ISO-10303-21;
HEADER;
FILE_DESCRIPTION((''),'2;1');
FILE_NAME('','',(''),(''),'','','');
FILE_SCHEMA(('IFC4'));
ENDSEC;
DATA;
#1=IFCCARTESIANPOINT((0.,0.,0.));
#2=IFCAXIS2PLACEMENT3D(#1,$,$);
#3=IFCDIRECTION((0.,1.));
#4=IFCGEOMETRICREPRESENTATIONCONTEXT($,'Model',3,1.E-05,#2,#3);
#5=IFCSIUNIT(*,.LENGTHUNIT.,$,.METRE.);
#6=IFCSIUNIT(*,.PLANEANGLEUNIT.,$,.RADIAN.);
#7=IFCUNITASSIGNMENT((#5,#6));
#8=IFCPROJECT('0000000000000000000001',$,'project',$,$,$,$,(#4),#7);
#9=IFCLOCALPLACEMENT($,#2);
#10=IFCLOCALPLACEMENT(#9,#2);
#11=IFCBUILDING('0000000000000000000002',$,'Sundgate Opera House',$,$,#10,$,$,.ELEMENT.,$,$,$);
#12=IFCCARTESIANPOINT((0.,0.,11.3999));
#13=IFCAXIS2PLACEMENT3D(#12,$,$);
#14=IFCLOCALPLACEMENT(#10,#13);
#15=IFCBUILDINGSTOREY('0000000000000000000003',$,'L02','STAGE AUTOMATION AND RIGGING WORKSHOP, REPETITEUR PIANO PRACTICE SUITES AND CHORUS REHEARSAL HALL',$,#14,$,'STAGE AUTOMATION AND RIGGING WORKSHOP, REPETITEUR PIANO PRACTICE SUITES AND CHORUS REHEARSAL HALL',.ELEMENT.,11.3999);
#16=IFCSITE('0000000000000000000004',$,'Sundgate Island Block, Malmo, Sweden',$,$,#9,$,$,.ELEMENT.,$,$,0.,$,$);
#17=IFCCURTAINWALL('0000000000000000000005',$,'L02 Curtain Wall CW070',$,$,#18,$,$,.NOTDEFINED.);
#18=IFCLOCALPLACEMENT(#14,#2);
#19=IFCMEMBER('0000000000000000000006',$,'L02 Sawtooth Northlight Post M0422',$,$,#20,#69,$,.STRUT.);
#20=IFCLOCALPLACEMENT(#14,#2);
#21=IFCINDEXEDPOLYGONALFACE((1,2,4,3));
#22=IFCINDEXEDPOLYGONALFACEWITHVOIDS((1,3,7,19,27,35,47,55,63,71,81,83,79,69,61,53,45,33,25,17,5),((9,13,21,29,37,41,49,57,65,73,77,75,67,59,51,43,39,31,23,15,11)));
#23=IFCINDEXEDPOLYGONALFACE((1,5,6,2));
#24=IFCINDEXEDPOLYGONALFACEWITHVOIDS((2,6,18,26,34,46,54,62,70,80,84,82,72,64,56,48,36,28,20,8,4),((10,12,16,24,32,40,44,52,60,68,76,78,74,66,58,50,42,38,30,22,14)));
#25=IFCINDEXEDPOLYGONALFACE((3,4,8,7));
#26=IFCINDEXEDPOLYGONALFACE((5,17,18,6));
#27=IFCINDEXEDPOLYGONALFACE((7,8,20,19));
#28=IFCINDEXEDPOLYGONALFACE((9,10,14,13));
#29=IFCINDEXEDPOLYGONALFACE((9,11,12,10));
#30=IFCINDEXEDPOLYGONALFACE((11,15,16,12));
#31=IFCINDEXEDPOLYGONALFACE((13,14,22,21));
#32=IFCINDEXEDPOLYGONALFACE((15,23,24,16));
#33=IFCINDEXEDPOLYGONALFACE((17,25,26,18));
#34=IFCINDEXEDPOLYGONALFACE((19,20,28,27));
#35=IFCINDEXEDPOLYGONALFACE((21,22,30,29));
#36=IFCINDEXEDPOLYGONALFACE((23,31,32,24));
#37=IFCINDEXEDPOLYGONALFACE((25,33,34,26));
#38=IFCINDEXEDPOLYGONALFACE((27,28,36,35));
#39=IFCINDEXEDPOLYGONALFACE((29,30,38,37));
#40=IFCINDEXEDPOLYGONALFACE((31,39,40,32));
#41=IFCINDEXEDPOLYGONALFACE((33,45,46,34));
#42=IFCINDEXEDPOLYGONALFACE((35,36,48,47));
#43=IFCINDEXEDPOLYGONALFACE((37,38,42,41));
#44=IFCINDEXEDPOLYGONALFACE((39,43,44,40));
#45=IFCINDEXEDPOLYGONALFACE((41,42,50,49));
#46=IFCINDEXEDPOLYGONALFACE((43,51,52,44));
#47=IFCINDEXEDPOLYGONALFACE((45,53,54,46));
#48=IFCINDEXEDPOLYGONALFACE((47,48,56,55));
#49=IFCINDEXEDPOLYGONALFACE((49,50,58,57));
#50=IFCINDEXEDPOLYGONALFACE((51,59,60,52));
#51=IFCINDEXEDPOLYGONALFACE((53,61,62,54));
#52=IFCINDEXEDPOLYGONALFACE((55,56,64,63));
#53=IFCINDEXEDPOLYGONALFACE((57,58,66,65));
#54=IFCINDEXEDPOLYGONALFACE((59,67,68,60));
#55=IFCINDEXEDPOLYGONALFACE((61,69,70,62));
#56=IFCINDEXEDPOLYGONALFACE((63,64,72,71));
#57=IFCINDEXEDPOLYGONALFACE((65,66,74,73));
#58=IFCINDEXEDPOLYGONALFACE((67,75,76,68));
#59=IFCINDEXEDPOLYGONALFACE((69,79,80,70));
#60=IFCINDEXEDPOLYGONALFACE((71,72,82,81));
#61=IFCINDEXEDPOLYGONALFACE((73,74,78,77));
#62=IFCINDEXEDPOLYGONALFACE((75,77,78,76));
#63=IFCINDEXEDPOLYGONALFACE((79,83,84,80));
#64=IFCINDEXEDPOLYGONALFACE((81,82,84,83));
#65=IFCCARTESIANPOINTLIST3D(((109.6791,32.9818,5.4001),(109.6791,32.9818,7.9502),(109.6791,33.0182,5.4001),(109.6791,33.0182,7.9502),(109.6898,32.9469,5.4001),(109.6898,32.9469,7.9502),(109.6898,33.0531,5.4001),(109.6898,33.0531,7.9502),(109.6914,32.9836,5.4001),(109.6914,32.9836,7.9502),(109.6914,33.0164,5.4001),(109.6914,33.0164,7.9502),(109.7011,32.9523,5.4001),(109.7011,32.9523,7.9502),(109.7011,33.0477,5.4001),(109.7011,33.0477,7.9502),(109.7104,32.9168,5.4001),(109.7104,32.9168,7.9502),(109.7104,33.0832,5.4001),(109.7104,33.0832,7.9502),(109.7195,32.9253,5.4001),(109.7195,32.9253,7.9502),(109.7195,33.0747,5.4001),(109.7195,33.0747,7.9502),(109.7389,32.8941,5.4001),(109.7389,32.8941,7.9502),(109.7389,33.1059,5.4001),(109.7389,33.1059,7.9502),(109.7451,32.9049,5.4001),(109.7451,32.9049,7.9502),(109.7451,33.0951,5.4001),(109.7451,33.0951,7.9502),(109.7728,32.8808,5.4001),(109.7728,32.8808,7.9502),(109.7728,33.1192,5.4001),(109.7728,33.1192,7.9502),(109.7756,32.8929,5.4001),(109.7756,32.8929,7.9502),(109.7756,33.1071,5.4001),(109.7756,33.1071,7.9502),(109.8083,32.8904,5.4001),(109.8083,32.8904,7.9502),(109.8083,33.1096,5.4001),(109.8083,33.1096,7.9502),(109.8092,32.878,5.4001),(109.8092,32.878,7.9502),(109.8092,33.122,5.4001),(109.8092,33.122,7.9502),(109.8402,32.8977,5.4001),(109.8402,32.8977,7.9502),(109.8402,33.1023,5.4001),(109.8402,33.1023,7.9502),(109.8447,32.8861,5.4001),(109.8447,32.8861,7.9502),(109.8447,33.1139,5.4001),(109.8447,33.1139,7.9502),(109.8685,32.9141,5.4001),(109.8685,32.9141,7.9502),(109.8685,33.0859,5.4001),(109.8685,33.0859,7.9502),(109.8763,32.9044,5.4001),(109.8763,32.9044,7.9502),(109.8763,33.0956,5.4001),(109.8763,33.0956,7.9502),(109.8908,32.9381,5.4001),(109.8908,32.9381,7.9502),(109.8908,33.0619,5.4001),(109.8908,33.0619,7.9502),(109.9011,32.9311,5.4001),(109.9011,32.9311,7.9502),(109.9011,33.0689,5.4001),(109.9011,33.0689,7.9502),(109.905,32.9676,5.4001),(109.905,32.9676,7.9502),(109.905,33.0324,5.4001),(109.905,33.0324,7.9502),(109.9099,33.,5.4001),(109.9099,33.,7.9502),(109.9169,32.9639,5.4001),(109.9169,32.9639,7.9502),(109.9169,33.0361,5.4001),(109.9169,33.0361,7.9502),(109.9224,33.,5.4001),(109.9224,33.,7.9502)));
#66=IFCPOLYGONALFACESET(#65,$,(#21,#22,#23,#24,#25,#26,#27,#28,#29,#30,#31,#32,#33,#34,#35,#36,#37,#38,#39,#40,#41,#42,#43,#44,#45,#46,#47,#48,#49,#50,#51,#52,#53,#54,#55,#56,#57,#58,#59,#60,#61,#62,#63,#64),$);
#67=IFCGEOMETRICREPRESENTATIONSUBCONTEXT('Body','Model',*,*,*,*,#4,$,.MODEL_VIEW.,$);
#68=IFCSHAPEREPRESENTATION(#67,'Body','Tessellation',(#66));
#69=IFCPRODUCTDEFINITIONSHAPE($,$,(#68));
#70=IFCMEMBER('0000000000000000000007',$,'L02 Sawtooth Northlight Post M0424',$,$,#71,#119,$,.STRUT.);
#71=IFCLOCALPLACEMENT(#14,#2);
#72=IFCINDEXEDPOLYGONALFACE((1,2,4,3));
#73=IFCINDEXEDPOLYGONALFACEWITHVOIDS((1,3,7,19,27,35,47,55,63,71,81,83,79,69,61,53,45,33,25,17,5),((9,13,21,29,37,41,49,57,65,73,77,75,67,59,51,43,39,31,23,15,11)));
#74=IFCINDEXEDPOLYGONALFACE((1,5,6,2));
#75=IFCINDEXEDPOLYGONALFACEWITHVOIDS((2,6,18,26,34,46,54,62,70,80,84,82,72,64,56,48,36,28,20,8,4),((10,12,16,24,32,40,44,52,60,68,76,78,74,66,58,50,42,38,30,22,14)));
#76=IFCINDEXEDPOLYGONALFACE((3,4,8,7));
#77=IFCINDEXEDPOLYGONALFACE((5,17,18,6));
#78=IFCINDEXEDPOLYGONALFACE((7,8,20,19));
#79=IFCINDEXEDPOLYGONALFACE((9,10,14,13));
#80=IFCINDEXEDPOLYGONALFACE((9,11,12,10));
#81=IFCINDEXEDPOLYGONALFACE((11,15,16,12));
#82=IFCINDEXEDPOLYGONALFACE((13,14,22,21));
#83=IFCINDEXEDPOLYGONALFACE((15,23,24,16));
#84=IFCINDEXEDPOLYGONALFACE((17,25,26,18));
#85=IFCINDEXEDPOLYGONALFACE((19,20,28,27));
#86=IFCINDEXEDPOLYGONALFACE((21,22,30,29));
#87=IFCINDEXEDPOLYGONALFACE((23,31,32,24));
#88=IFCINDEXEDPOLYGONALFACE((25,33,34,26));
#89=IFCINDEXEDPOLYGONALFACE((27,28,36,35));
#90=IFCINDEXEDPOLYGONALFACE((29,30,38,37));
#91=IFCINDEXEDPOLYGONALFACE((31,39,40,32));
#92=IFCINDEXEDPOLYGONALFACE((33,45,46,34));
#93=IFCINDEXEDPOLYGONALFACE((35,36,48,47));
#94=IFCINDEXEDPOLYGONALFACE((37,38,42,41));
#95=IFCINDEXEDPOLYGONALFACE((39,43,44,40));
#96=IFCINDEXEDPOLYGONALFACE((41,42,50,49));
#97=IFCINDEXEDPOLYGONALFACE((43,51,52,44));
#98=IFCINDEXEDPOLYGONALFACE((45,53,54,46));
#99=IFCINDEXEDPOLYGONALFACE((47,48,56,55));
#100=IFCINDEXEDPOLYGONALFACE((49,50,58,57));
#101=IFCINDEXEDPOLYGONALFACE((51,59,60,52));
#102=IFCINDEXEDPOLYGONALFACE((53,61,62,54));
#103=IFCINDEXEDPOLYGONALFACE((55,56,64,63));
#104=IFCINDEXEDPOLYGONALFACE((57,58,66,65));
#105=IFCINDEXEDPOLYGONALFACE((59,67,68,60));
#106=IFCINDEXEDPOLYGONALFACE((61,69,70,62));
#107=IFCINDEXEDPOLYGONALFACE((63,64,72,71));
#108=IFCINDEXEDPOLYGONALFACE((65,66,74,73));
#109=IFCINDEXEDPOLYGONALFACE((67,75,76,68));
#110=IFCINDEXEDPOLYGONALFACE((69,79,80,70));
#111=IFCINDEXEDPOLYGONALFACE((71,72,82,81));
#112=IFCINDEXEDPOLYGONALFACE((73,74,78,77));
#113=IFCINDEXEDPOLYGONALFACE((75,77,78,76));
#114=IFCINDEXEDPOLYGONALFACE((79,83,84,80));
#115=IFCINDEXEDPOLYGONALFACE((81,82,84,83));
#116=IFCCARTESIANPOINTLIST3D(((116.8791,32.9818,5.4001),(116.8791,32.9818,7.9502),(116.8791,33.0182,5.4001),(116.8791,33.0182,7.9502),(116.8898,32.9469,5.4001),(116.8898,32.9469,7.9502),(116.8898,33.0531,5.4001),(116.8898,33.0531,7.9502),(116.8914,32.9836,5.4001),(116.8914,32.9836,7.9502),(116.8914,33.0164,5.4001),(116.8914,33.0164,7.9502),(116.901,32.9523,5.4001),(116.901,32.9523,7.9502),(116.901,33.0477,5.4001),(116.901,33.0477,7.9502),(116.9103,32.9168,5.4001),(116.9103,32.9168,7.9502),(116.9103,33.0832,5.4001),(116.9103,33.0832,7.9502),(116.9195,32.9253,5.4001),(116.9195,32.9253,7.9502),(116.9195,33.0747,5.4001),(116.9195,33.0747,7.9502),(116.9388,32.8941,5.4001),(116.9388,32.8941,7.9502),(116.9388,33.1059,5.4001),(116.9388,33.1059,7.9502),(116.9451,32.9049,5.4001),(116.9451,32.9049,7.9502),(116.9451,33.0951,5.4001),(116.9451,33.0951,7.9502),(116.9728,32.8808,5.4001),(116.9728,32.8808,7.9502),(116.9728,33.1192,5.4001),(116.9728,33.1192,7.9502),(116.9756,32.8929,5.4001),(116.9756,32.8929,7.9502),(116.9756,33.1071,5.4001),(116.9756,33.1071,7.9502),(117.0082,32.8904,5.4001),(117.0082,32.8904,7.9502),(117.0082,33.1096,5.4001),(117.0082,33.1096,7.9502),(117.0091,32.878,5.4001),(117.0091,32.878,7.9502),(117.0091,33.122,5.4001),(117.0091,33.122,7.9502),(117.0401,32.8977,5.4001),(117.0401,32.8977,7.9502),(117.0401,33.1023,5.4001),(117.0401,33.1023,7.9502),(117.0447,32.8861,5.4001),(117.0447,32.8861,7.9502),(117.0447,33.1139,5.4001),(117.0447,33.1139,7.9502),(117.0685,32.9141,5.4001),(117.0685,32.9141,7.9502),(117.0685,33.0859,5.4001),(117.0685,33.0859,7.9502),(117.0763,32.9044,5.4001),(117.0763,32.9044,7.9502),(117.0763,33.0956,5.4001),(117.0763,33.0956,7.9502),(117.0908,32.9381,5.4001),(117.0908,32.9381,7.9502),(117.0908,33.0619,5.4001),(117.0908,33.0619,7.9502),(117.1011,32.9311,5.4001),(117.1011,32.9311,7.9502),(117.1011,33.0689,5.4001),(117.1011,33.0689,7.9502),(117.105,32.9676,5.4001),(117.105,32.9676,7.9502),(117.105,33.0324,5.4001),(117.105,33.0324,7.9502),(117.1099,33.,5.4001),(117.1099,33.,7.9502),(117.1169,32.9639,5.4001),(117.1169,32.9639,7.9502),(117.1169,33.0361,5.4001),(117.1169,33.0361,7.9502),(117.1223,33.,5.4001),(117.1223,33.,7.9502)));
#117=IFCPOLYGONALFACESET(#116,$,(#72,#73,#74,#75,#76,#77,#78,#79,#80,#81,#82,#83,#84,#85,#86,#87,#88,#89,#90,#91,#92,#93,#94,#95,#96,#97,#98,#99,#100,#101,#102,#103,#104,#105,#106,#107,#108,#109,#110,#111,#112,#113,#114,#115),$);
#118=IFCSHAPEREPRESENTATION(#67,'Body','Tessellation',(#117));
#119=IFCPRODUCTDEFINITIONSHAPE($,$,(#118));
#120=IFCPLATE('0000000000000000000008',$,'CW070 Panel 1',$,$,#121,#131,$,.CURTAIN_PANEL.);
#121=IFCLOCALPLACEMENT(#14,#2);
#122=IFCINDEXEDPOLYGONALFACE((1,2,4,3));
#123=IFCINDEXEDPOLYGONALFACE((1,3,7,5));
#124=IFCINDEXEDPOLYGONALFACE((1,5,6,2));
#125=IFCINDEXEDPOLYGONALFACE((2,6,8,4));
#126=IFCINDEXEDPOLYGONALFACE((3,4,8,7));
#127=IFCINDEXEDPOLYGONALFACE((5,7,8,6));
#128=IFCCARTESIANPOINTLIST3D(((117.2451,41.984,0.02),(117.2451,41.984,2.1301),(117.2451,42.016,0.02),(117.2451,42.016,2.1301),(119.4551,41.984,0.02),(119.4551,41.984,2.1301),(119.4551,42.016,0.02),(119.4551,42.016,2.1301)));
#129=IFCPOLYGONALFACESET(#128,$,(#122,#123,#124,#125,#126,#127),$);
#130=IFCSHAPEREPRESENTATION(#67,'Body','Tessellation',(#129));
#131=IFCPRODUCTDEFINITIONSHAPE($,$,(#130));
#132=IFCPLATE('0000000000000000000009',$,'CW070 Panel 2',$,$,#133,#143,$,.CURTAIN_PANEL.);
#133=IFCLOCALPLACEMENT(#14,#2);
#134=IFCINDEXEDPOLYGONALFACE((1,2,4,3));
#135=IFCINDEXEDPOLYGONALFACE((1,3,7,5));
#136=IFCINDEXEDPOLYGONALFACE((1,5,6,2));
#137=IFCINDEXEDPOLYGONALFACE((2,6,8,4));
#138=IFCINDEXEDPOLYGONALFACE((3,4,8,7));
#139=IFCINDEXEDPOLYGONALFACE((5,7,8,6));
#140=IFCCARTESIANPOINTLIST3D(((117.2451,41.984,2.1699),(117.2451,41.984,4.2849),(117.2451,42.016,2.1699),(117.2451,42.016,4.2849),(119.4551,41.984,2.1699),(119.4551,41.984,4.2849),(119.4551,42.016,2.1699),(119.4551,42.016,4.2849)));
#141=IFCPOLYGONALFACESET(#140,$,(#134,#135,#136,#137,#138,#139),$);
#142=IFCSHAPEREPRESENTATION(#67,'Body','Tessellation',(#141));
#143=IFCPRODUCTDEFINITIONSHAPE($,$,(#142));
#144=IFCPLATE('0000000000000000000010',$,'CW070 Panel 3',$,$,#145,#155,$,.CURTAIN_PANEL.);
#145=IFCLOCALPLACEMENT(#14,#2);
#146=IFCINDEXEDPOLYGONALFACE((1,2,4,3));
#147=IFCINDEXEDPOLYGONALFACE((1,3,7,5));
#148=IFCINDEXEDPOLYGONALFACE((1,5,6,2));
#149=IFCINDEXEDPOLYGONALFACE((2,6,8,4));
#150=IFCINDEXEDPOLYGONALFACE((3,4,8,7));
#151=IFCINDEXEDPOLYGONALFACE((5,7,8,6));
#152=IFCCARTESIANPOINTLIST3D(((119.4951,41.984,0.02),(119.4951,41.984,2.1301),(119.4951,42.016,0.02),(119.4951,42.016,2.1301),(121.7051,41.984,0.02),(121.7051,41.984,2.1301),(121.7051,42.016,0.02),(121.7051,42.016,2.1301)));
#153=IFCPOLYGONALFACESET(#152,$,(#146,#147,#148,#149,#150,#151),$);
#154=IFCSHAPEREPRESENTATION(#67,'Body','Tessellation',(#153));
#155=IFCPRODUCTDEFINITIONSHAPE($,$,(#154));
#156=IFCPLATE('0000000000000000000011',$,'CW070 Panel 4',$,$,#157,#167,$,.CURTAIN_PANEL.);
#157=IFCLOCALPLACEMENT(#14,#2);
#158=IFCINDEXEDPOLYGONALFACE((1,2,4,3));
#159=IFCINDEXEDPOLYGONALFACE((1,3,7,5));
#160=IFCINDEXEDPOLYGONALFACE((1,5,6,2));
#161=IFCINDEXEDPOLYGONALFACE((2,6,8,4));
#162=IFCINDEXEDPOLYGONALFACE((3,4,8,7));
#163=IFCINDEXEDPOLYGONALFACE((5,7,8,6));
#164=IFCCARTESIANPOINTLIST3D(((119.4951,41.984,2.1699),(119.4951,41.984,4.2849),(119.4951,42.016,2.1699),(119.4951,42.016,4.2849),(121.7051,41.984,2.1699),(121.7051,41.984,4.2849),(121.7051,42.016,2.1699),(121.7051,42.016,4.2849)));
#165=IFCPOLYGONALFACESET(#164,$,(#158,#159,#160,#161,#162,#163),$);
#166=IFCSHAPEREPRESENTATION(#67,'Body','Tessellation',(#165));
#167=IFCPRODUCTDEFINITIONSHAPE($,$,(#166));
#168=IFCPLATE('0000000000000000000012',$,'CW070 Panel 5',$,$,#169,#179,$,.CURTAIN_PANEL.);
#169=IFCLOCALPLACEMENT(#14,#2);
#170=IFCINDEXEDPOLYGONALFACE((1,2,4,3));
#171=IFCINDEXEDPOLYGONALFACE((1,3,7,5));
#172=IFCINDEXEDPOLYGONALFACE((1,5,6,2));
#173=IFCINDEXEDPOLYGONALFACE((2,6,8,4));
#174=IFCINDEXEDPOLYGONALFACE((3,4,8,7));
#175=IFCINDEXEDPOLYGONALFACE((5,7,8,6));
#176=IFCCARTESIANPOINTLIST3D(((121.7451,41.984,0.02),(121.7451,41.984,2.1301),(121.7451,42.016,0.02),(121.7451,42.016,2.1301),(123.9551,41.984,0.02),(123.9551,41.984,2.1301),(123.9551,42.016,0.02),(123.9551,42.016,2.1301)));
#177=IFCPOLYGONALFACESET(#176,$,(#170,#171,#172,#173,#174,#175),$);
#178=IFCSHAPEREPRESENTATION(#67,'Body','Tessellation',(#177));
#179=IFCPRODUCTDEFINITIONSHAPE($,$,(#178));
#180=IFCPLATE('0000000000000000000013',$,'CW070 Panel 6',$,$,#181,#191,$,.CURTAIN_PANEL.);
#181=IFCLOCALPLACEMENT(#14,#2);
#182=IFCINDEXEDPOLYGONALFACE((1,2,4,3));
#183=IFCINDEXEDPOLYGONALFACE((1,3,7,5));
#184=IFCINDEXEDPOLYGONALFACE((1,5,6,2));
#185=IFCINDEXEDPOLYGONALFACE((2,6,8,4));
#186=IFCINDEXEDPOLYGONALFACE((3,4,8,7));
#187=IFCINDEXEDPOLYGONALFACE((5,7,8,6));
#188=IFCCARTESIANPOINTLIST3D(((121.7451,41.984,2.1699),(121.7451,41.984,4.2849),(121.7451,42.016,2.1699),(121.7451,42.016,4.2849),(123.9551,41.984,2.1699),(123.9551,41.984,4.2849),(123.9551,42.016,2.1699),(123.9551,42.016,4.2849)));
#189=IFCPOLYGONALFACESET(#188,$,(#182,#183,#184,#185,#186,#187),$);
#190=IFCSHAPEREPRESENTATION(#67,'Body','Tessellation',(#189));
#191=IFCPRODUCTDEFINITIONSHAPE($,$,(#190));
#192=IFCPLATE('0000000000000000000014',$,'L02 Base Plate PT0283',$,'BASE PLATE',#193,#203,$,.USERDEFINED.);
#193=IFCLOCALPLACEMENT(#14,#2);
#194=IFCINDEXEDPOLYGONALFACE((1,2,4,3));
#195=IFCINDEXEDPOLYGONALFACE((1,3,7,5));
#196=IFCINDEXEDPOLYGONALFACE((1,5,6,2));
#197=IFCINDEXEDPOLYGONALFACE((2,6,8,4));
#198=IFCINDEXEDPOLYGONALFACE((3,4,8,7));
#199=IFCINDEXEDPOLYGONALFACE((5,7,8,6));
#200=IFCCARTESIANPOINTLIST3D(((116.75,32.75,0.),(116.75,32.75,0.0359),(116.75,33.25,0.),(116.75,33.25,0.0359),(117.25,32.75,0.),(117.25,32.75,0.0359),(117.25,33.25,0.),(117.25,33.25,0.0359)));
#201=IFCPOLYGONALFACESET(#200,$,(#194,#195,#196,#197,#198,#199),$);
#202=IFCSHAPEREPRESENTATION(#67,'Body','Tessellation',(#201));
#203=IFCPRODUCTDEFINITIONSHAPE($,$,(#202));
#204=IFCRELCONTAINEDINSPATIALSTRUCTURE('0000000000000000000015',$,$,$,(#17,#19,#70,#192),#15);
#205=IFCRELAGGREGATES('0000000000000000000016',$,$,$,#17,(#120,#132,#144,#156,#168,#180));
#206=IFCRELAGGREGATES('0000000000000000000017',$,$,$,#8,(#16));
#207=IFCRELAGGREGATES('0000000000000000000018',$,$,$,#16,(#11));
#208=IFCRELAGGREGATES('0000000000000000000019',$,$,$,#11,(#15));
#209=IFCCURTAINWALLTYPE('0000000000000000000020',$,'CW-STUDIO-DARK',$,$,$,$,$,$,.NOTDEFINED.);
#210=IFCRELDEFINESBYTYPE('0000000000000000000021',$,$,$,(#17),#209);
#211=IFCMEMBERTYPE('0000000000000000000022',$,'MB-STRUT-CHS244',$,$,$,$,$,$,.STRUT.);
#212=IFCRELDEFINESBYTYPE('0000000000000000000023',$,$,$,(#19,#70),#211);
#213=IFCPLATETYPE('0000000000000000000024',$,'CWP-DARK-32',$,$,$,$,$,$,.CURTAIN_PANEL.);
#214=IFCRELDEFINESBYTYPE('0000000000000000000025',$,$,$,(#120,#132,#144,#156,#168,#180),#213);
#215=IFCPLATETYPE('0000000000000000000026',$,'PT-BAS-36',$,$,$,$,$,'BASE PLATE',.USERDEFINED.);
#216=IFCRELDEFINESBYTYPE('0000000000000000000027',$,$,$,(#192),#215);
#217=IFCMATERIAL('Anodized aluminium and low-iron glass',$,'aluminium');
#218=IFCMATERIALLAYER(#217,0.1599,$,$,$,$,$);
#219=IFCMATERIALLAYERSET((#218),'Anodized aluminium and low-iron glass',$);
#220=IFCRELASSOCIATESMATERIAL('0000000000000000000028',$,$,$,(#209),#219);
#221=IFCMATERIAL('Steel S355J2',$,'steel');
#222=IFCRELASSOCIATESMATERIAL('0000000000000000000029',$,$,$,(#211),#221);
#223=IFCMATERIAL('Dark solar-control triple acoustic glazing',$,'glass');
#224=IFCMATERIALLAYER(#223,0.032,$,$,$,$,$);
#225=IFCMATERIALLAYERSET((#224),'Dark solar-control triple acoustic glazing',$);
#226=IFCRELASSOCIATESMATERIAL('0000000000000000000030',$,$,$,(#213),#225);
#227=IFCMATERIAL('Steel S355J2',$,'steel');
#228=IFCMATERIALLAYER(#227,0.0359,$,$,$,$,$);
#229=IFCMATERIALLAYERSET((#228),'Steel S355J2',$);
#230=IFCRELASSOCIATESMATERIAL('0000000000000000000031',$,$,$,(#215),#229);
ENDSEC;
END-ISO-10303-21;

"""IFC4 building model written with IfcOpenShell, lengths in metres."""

from ifc_helpers import new_model, si_unit, direction, frame, origin, origin_2d, place, context, subcontext, project, spatial, rectangle, hollow_circle, extrude, material, layer, layer_set, material_profile, profile_set, type_object, element, aggregate, save


model = new_model("IFC4")

# Units and contexts
model_context = context("Model", 3, precision=1e-05, world=origin(), true_north=direction((0.0, 1.0)))
body_context = subcontext(model_context, "Body", "Model", "MODEL_VIEW")
ifc_project = project(units=[si_unit("LENGTHUNIT", "METRE"), si_unit("PLANEANGLEUNIT", "RADIAN")], contexts=[model_context])

# Site, building, storey
site_placement = place(None, origin())
site = spatial("IfcSite", under=ifc_project, at=site_placement, Name="Sundgate Island Block, Malmo, Sweden", CompositionType="ELEMENT", RefElevation=0.0)
building_placement = place(site_placement, origin())
building = spatial("IfcBuilding", under=site, at=building_placement, Name="Sundgate Opera House", CompositionType="ELEMENT")
storey_placement = place(building_placement, frame((0.0, 0.0, 11.3999)))
storey = spatial("IfcBuildingStorey", under=building, at=storey_placement, Name="L02", Description="STAGE AUTOMATION AND RIGGING WORKSHOP, REPETITEUR PIANO PRACTICE SUITES AND CHORUS REHEARSAL HALL", LongName="STAGE AUTOMATION AND RIGGING WORKSHOP, REPETITEUR PIANO PRACTICE SUITES AND CHORUS REHEARSAL HALL", CompositionType="ELEMENT", Elevation=11.3999)

# Curtain wall
ifc_material_1 = material(Name="Anodized aluminium and low-iron glass", Category="aluminium")
ifc_layer_1 = layer(ifc_material_1, 0.1599)
ifc_layer_set_1 = layer_set([ifc_layer_1], Name="Anodized aluminium and low-iron glass")
curtain_wall_type = type_object("IfcCurtainWallType", Name="CW-STUDIO-DARK", PredefinedType="NOTDEFINED", material=ifc_layer_set_1)
curtain_wall_placement = place(storey_placement, origin())
curtain_wall = element("IfcCurtainWall", 1, at=curtain_wall_placement, inside=storey, type_object=curtain_wall_type, Name="L02 Curtain Wall CW070", PredefinedType="NOTDEFINED")

# Members
ifc_material_2 = material(Name="Steel S355J2", Category="steel")
ifc_material_profile_1 = material_profile(ifc_material_2, hollow_circle(Radius=0.1223, WallThickness=0.0125, at=origin_2d()), Name="CHS 244.5x12.5")
ifc_profile_set_1 = profile_set([ifc_material_profile_1], Name="Steel S355J2")
member_type_1 = type_object("IfcMemberType", Name="MB-STRUT-CHS244", PredefinedType="STRUT", material=ifc_profile_set_1)
for number, where, z_axis, x_axis, name in (
    (2, (109.8, 33.0, 5.4001), (0.0, 0.0, 1.0), (1.0, 0.0, 0.0), "L02 Sawtooth Northlight Post M0422"),
    (3, (117.0, 33.0, 5.4001), (0.0, 0.0, 1.0), (1.0, 0.0, 0.0), "L02 Sawtooth Northlight Post M0424"),
):
    element("IfcMember", number, at=place(storey_placement, frame(where, z_axis=z_axis, x_axis=x_axis)), inside=storey, type_object=member_type_1, Name=name, PredefinedType="STRUT", context=body_context, shape_type="SweptSolid", body=[
        extrude(hollow_circle(Radius=0.1223, WallThickness=0.0125, at=origin_2d()), origin(), (0.0, 0.0, 1.0), 2.55),
    ])

# Plates
ifc_material_3 = material(Name="Dark solar-control triple acoustic glazing", Category="glass")
ifc_layer_2 = layer(ifc_material_3, 0.032)
ifc_layer_set_2 = layer_set([ifc_layer_2], Name="Dark solar-control triple acoustic glazing")
plate_type_1 = type_object("IfcPlateType", Name="CWP-DARK-32", PredefinedType="CURTAIN_PANEL", material=ifc_layer_set_2)
plate_1_placement = place(storey_placement, frame((118.3501, 42.0, 0.02), z_axis=(0.0, 0.0, 1.0), x_axis=(1.0, 0.0, 0.0)))
plate_1 = element("IfcPlate", 4, at=plate_1_placement, type_object=plate_type_1, Name="CW070 Panel 1", PredefinedType="CURTAIN_PANEL", context=body_context, shape_type="SweptSolid", body=[
    extrude(rectangle(XDim=2.21, YDim=0.032, at=origin_2d()), origin(), (0.0, 0.0, 1.0), 2.1101),
])
plate_2_placement = place(storey_placement, frame((118.3501, 42.0, 2.1699), z_axis=(0.0, 0.0, 1.0), x_axis=(1.0, 0.0, 0.0)))
plate_2 = element("IfcPlate", 5, at=plate_2_placement, type_object=plate_type_1, Name="CW070 Panel 2", PredefinedType="CURTAIN_PANEL", context=body_context, shape_type="SweptSolid", body=[
    extrude(rectangle(XDim=2.21, YDim=0.032, at=origin_2d()), origin(), (0.0, 0.0, 1.0), 2.115),
])
plate_3_placement = place(storey_placement, frame((120.6001, 42.0, 0.02), z_axis=(0.0, 0.0, 1.0), x_axis=(1.0, 0.0, 0.0)))
plate_3 = element("IfcPlate", 6, at=plate_3_placement, type_object=plate_type_1, Name="CW070 Panel 3", PredefinedType="CURTAIN_PANEL", context=body_context, shape_type="SweptSolid", body=[
    extrude(rectangle(XDim=2.21, YDim=0.032, at=origin_2d()), origin(), (0.0, 0.0, 1.0), 2.1101),
])
plate_4_placement = place(storey_placement, frame((120.6001, 42.0, 2.1699), z_axis=(0.0, 0.0, 1.0), x_axis=(1.0, 0.0, 0.0)))
plate_4 = element("IfcPlate", 7, at=plate_4_placement, type_object=plate_type_1, Name="CW070 Panel 4", PredefinedType="CURTAIN_PANEL", context=body_context, shape_type="SweptSolid", body=[
    extrude(rectangle(XDim=2.21, YDim=0.032, at=origin_2d()), origin(), (0.0, 0.0, 1.0), 2.115),
])
plate_5_placement = place(storey_placement, frame((122.8501, 42.0, 0.02), z_axis=(0.0, 0.0, 1.0), x_axis=(1.0, 0.0, 0.0)))
plate_5 = element("IfcPlate", 8, at=plate_5_placement, type_object=plate_type_1, Name="CW070 Panel 5", PredefinedType="CURTAIN_PANEL", context=body_context, shape_type="SweptSolid", body=[
    extrude(rectangle(XDim=2.21, YDim=0.032, at=origin_2d()), origin(), (0.0, 0.0, 1.0), 2.1101),
])
plate_6_placement = place(storey_placement, frame((122.8501, 42.0, 2.1699), z_axis=(0.0, 0.0, 1.0), x_axis=(1.0, 0.0, 0.0)))
plate_6 = element("IfcPlate", 9, at=plate_6_placement, type_object=plate_type_1, Name="CW070 Panel 6", PredefinedType="CURTAIN_PANEL", context=body_context, shape_type="SweptSolid", body=[
    extrude(rectangle(XDim=2.21, YDim=0.032, at=origin_2d()), origin(), (0.0, 0.0, 1.0), 2.115),
])
aggregate(curtain_wall, [plate_1, plate_2, plate_3, plate_4, plate_5, plate_6])

# Plate
ifc_material_4 = material(Name="Steel S355J2", Category="steel")
ifc_layer_3 = layer(ifc_material_4, 0.0359)
ifc_layer_set_3 = layer_set([ifc_layer_3], Name="Steel S355J2")
plate_type_2 = type_object("IfcPlateType", Name="PT-BAS-36", ElementType="BASE PLATE", PredefinedType="USERDEFINED", material=ifc_layer_set_3)
plate_7_placement = place(storey_placement, frame((117.0, 33.0, 0.0), z_axis=(0.0, 0.0, 1.0), x_axis=(1.0, 0.0, 0.0)))
element("IfcPlate", 10, at=plate_7_placement, inside=storey, type_object=plate_type_2, Name="L02 Base Plate PT0283", ObjectType="BASE PLATE", PredefinedType="USERDEFINED", context=body_context, shape_type="SweptSolid", body=[
    extrude(rectangle(XDim=0.5, YDim=0.5, at=origin_2d()), origin(), (0.0, 0.0, 1.0), 0.0359),
])

save(model, "model.ifc")
